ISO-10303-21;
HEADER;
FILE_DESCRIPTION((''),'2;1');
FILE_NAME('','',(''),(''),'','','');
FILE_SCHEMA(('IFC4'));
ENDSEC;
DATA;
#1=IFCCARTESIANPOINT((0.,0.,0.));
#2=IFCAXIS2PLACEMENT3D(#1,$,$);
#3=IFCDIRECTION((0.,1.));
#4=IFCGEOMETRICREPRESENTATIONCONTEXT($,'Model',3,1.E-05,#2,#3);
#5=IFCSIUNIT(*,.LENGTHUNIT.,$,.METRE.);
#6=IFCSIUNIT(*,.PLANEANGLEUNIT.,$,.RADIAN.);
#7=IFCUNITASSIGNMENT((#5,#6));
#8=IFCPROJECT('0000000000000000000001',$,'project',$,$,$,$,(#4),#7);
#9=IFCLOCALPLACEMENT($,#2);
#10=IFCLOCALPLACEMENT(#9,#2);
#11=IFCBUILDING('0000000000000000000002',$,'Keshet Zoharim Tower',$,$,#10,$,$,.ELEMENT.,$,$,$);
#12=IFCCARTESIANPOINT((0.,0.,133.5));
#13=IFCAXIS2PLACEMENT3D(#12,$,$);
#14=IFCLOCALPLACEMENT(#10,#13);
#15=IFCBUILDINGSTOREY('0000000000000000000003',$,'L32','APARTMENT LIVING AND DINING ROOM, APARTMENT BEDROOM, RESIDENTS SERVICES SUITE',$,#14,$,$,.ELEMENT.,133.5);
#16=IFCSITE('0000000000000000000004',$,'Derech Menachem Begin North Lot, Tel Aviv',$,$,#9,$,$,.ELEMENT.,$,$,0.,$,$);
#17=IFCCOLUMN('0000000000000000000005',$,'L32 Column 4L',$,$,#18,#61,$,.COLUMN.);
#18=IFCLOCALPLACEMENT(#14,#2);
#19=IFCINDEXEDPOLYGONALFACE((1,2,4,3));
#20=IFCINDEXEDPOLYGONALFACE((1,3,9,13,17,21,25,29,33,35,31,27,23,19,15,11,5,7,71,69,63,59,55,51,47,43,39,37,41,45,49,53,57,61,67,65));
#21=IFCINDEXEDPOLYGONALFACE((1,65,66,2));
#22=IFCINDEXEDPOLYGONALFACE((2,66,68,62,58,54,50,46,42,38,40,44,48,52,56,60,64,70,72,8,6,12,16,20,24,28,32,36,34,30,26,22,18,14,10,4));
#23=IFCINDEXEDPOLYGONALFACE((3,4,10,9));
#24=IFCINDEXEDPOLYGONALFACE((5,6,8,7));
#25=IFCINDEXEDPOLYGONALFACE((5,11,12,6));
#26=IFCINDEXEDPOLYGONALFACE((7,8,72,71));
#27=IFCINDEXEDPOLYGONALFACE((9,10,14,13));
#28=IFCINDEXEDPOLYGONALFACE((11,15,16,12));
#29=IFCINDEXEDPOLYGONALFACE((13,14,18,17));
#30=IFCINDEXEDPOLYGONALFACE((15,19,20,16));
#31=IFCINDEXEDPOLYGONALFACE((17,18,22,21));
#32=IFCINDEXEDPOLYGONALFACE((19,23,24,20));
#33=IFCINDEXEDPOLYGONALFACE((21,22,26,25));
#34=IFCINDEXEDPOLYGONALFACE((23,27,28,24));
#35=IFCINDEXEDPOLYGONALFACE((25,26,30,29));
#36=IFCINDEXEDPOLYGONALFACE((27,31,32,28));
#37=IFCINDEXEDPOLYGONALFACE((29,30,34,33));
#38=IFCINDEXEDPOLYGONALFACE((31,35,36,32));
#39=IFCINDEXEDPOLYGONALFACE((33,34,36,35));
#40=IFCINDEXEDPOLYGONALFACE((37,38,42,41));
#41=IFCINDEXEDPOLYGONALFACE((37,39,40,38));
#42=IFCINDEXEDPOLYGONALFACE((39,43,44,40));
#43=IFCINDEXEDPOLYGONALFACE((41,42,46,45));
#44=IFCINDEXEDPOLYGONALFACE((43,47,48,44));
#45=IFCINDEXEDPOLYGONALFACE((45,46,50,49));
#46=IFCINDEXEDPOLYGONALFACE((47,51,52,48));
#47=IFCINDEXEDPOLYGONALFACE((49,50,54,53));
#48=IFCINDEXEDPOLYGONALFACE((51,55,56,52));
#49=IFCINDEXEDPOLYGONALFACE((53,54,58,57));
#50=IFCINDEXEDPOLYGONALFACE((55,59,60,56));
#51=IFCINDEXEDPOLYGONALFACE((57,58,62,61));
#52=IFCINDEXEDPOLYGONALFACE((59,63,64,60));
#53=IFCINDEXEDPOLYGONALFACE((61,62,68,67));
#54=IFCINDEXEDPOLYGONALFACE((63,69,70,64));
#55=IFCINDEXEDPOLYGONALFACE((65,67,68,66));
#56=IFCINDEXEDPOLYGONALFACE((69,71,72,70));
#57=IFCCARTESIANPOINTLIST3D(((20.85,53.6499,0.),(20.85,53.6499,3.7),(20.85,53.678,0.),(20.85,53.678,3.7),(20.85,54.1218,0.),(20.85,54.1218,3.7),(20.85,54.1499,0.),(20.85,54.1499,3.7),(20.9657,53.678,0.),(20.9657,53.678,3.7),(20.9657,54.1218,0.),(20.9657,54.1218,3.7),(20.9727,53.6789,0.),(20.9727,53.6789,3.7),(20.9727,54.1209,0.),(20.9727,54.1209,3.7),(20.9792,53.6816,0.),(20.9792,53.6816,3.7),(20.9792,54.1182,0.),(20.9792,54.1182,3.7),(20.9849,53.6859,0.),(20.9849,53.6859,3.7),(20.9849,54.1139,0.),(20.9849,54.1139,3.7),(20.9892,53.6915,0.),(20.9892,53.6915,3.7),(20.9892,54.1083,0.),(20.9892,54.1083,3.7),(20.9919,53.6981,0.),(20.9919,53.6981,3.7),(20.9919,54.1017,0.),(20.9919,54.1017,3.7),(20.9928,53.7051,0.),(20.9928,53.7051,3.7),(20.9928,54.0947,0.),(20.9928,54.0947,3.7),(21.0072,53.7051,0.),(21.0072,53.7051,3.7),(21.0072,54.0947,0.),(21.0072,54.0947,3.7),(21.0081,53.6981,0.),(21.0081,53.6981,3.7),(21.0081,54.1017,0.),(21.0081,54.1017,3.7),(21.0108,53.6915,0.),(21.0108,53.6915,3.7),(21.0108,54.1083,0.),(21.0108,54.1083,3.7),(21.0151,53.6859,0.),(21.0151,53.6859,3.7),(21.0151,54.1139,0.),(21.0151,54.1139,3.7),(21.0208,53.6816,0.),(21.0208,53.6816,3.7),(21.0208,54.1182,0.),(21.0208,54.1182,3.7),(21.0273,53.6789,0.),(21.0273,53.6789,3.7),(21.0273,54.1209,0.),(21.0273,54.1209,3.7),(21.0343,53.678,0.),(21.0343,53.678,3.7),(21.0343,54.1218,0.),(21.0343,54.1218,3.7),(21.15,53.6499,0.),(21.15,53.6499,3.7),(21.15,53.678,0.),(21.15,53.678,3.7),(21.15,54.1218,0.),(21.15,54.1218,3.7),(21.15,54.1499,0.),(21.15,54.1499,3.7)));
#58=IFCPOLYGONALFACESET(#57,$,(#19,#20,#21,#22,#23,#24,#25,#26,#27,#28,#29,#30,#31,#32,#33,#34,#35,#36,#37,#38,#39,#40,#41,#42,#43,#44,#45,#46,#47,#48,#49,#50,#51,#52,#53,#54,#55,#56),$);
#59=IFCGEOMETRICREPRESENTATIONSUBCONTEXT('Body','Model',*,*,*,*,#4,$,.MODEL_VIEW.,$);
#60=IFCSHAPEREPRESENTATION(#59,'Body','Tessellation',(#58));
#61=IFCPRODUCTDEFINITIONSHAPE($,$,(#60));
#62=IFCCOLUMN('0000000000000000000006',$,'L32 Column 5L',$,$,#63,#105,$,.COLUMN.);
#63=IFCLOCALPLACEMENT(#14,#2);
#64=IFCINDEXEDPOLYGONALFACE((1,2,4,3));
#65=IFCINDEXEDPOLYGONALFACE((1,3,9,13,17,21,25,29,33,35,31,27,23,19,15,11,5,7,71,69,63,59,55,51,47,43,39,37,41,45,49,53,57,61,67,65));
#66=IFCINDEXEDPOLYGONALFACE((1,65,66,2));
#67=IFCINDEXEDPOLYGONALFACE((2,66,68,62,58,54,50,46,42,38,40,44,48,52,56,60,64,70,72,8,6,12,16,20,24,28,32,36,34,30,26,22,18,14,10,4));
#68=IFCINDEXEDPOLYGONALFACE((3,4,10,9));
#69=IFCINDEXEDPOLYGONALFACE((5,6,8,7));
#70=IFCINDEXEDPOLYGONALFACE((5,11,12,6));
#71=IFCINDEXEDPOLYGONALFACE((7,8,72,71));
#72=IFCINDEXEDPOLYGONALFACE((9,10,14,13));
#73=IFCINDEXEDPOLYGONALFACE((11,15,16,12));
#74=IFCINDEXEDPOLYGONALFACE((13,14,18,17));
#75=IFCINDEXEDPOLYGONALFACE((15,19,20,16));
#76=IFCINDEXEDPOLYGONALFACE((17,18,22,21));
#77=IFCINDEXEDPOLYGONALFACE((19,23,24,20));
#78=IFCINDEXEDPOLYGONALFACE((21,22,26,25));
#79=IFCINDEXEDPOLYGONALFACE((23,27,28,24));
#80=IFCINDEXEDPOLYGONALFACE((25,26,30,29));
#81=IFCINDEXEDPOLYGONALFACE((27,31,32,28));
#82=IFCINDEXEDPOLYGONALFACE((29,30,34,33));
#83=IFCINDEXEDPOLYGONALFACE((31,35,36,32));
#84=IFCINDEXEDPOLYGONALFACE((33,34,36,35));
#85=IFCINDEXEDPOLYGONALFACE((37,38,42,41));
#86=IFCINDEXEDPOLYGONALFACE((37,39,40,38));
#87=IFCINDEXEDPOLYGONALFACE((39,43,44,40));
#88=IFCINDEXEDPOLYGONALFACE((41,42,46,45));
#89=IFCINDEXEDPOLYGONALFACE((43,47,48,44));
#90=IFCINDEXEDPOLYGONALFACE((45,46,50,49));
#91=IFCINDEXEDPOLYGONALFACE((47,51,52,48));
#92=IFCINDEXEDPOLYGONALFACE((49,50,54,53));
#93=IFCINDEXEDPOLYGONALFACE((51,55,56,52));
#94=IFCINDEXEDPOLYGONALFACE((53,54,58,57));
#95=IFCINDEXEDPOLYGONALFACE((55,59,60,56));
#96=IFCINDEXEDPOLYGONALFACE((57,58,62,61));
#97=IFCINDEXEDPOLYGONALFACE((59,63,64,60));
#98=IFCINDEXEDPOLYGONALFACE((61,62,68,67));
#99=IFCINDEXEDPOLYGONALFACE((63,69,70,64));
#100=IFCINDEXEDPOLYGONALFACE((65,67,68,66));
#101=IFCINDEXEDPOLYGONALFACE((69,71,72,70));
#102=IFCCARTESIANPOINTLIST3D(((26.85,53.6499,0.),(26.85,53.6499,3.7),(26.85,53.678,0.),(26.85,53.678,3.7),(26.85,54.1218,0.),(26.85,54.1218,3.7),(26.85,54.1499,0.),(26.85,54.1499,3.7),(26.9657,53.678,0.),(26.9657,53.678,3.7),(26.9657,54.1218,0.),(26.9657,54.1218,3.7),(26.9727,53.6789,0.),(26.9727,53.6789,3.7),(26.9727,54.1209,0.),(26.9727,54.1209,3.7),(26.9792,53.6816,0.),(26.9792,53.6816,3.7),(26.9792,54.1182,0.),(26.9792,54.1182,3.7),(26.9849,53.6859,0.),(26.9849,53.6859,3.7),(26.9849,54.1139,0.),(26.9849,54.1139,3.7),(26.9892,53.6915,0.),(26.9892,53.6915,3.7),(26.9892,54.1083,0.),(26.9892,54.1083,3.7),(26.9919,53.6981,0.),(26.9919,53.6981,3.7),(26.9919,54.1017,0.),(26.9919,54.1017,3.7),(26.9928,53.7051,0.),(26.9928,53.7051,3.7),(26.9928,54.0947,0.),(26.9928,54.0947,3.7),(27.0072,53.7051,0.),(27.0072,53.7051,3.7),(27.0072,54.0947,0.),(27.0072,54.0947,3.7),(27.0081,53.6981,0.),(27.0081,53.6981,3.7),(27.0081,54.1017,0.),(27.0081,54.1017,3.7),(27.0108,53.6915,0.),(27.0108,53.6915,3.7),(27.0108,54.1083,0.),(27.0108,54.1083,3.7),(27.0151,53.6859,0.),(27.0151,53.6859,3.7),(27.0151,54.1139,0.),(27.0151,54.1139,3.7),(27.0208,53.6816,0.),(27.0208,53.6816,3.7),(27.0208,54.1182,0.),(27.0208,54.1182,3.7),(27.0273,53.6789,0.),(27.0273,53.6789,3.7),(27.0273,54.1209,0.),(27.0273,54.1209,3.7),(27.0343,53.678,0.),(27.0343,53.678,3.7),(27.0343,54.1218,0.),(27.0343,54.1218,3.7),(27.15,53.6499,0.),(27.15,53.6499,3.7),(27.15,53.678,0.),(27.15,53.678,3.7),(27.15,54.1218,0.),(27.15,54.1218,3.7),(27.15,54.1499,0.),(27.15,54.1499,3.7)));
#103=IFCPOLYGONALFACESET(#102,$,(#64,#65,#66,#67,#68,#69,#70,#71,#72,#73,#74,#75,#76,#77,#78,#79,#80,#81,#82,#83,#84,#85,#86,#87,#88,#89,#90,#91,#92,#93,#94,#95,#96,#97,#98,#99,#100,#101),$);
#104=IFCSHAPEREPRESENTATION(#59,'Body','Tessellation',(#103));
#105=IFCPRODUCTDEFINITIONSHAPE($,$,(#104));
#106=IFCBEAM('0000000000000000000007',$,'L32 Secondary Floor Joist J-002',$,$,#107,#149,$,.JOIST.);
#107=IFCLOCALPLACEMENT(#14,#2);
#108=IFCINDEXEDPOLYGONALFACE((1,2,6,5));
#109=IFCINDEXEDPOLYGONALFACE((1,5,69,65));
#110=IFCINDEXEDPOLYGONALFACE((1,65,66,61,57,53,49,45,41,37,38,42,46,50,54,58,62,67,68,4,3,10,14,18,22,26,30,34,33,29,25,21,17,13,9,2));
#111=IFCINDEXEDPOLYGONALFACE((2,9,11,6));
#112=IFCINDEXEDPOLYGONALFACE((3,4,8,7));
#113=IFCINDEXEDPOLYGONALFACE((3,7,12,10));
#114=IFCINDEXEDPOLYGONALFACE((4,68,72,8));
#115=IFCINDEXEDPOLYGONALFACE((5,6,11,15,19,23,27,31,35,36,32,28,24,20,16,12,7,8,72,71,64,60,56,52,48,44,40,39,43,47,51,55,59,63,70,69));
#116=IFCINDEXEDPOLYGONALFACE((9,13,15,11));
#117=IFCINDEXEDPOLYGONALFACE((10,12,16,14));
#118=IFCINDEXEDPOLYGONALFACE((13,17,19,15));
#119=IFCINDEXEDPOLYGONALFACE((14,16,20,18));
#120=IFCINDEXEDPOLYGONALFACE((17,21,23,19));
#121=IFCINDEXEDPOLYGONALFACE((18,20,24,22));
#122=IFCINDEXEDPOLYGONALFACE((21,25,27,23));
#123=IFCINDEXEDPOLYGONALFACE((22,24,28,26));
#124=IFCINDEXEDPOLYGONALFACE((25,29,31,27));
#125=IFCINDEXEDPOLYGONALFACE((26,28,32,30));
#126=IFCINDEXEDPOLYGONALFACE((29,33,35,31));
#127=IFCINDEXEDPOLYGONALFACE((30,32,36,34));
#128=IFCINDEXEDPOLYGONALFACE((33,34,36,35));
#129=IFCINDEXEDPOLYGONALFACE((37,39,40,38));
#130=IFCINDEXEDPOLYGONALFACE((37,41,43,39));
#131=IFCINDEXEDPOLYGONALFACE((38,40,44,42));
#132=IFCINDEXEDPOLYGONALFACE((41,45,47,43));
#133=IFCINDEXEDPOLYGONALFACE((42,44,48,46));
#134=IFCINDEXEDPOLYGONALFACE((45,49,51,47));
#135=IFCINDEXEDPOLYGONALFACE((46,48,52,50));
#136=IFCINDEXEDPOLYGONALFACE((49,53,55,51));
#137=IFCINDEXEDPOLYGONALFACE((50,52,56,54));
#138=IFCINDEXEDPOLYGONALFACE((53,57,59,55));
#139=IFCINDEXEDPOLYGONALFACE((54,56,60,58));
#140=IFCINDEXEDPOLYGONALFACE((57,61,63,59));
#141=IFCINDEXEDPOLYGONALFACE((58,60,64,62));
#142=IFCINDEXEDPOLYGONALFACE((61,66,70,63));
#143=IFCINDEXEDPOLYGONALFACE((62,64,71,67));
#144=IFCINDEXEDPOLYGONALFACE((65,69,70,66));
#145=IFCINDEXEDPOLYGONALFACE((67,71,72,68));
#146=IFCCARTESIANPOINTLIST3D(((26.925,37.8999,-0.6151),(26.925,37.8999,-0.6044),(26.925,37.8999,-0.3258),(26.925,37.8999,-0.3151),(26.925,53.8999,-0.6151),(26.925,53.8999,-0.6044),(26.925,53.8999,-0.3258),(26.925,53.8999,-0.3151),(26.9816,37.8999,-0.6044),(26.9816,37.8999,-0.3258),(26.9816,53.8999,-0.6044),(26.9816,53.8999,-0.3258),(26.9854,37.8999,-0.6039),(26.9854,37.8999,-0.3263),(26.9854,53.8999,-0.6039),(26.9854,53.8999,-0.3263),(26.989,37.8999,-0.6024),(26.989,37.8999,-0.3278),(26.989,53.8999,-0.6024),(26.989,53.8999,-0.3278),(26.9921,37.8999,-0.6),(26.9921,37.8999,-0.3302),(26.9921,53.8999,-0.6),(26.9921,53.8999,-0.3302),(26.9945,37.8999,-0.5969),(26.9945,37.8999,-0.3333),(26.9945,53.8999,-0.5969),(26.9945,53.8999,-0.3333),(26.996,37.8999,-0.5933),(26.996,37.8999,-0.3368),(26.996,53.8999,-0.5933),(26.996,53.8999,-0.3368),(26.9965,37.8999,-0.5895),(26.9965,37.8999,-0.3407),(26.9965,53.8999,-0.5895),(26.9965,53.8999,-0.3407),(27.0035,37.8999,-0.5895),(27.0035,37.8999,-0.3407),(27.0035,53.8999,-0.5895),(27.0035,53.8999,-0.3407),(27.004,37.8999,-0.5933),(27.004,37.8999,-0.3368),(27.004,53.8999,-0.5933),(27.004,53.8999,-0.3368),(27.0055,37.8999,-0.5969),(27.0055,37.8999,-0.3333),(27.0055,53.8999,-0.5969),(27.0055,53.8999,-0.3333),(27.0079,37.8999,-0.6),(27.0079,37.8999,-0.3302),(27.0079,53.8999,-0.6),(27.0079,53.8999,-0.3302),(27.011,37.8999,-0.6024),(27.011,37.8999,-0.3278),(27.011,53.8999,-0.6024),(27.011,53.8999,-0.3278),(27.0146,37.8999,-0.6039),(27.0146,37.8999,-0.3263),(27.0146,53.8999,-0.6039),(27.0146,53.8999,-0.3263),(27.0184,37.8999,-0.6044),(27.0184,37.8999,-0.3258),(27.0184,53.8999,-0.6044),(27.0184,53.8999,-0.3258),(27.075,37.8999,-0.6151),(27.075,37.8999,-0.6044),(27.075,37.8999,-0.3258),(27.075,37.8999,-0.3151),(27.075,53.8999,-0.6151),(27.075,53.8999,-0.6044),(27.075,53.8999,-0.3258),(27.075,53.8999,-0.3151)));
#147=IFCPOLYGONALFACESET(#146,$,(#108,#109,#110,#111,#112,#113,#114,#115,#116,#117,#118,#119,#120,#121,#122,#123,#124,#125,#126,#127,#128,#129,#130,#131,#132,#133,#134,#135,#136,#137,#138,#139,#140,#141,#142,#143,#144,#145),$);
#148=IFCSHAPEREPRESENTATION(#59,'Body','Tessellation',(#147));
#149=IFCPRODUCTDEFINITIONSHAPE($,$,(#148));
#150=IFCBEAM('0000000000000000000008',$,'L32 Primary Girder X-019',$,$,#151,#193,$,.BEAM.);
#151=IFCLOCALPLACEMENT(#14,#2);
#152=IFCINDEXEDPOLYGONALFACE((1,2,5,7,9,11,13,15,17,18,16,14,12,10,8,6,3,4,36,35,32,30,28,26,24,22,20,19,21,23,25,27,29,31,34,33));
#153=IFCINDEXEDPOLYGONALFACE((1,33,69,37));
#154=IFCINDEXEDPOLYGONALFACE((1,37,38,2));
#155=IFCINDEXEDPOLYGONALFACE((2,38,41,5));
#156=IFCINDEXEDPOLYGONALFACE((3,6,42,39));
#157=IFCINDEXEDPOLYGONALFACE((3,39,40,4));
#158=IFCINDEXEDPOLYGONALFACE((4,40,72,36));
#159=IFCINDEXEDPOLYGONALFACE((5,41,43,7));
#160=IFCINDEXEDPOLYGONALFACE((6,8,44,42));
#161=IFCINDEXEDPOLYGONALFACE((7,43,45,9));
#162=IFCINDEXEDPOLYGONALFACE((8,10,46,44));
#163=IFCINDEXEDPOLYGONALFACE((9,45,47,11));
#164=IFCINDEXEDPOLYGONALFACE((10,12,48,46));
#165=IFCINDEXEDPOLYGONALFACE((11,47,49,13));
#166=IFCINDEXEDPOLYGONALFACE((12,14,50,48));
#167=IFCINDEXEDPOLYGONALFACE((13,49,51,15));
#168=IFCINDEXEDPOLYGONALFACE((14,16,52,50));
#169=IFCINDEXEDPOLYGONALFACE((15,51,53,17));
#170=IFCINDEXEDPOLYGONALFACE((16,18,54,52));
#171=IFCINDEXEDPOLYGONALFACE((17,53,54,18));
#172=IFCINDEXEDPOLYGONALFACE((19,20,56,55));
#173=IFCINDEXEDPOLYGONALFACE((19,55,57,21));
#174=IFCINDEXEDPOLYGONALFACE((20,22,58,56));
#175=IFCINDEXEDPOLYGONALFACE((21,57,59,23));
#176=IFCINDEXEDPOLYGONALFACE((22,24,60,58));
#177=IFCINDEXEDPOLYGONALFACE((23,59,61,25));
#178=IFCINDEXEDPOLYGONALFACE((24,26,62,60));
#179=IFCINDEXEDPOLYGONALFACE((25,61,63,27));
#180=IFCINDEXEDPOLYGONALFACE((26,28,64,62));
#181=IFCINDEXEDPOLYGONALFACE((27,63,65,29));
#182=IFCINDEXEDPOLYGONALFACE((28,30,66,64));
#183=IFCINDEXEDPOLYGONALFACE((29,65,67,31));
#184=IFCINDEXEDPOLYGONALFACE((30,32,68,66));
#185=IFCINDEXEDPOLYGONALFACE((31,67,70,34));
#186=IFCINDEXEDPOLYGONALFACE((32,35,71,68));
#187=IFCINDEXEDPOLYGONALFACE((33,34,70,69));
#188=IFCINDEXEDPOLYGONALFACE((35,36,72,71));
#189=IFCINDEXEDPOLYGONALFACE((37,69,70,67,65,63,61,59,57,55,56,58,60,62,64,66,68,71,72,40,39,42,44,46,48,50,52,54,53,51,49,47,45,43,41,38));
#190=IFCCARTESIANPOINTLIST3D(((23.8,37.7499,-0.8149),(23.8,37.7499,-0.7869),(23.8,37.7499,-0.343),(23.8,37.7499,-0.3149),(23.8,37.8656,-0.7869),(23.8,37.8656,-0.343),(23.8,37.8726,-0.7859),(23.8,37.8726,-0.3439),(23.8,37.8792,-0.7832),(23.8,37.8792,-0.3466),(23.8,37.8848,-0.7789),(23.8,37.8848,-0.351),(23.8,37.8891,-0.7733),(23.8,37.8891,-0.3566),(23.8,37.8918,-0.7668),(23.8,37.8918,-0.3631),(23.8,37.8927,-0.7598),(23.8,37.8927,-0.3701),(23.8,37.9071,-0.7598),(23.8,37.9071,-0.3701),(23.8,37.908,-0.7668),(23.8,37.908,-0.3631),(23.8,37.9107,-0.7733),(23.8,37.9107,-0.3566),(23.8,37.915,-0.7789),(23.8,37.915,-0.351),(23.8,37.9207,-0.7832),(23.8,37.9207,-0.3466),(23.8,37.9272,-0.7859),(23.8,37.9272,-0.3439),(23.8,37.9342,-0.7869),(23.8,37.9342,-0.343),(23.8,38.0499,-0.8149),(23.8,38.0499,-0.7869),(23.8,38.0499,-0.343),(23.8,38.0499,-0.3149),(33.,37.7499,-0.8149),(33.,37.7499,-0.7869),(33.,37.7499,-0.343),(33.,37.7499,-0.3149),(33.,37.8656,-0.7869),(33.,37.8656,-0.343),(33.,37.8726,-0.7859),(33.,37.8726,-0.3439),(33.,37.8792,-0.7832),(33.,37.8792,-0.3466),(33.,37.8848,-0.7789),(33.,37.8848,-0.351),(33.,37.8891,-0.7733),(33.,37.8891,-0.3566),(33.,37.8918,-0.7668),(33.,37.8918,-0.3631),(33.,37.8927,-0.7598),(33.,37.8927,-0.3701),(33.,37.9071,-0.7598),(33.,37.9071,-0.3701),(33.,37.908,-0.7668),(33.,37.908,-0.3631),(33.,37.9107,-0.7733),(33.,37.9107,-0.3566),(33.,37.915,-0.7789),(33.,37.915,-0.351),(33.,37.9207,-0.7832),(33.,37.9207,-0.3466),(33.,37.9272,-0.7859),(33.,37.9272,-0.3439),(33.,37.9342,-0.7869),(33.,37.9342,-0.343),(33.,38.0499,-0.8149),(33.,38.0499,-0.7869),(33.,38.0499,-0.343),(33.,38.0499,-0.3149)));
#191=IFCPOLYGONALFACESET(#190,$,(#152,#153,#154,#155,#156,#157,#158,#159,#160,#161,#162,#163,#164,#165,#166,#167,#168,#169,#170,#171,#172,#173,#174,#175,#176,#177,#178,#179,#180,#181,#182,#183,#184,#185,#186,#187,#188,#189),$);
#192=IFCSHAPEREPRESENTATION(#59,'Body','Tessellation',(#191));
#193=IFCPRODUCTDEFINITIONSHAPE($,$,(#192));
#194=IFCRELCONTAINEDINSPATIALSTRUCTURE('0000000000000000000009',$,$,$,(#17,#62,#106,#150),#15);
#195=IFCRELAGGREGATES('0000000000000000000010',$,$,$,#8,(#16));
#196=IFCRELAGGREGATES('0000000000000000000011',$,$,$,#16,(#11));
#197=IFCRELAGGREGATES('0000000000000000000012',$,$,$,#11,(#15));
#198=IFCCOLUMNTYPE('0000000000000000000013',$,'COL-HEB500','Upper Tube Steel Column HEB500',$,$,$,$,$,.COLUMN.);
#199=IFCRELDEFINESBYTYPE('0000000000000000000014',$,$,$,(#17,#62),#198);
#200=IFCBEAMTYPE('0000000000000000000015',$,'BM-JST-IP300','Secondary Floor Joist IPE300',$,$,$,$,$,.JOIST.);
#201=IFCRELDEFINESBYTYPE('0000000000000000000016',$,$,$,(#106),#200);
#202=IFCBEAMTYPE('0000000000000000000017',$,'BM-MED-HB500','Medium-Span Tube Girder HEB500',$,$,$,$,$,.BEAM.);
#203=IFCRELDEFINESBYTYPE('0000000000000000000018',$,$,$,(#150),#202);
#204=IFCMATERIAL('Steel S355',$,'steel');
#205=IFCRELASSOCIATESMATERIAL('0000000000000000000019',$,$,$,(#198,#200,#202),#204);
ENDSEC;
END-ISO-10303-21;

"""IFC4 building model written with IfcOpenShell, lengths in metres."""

from ifc_helpers import new_model, si_unit, direction, frame, origin, origin_2d, place, context, subcontext, project, spatial, i_section, extrude, material, material_profile, profile_set, type_object, element, save


model = new_model("IFC4")

# Units and contexts
model_context = context("Model", 3, precision=1e-05, world=origin(), true_north=direction((0.0, 1.0)))
body_context = subcontext(model_context, "Body", "Model", "MODEL_VIEW")
ifc_project = project(units=[si_unit("LENGTHUNIT", "METRE"), si_unit("PLANEANGLEUNIT", "RADIAN")], contexts=[model_context])

# Site, building, storey
site_placement = place(None, origin())
site = spatial("IfcSite", under=ifc_project, at=site_placement, Name="Derech Menachem Begin North Lot, Tel Aviv", CompositionType="ELEMENT", RefElevation=0.0)
building_placement = place(site_placement, origin())
building = spatial("IfcBuilding", under=site, at=building_placement, Name="Keshet Zoharim Tower", CompositionType="ELEMENT")
storey_placement = place(building_placement, frame((0.0, 0.0, 133.5)))
storey = spatial("IfcBuildingStorey", under=building, at=storey_placement, Name="L32", Description="APARTMENT LIVING AND DINING ROOM, APARTMENT BEDROOM, RESIDENTS SERVICES SUITE", CompositionType="ELEMENT", Elevation=133.5)

# Columns
ifc_material_1 = material(Name="Steel S355", Category="steel")
ifc_material_profile_1 = material_profile(ifc_material_1, i_section(OverallWidth=0.3, OverallDepth=0.5, WebThickness=0.0144, FlangeThickness=0.0281, FilletRadius=0.0271, at=origin_2d()), Name="HEB500")
ifc_profile_set_1 = profile_set([ifc_material_profile_1], Name="Steel S355")
column_type = type_object("IfcColumnType", Name="COL-HEB500", Description="Upper Tube Steel Column HEB500", PredefinedType="COLUMN", material=ifc_profile_set_1)
for number, where, z_axis, x_axis, name in (
    (1, (21.0, 53.8999, 0.0), (0.0, 0.0, 1.0), (1.0, 0.0, 0.0), "L32 Column 4L"),
    (2, (27.0, 53.8999, 0.0), (0.0, 0.0, 1.0), (1.0, 0.0, 0.0), "L32 Column 5L"),
):
    element("IfcColumn", number, at=place(storey_placement, frame(where, z_axis=z_axis, x_axis=x_axis)), inside=storey, type_object=column_type, Name=name, PredefinedType="COLUMN", context=body_context, shape_type="SweptSolid", body=[
        extrude(i_section(OverallWidth=0.3, OverallDepth=0.5, WebThickness=0.0144, FlangeThickness=0.0281, FilletRadius=0.0271, at=origin_2d()), origin(), (0.0, 0.0, 1.0), 3.7),
    ])

# Beams
ifc_material_profile_2 = material_profile(ifc_material_1, i_section(OverallWidth=0.1499, OverallDepth=0.3, WebThickness=0.0071, FlangeThickness=0.0107, FilletRadius=0.0149, at=origin_2d()), Name="IPE300")
ifc_profile_set_2 = profile_set([ifc_material_profile_2], Name="Steel S355")
beam_type_1 = type_object("IfcBeamType", Name="BM-JST-IP300", Description="Secondary Floor Joist IPE300", PredefinedType="JOIST", material=ifc_profile_set_2)
beam_1_placement = place(storey_placement, frame((27.0, 37.8999, -0.4651), z_axis=(0.0, 1.0, 0.0), x_axis=(-1.0, 0.0, 0.0)))
element("IfcBeam", 3, at=beam_1_placement, inside=storey, type_object=beam_type_1, Name="L32 Secondary Floor Joist J-002", PredefinedType="JOIST", context=body_context, shape_type="SweptSolid", body=[
    extrude(i_section(OverallWidth=0.1499, OverallDepth=0.3, WebThickness=0.0071, FlangeThickness=0.0107, FilletRadius=0.0149, at=origin_2d()), origin(), (0.0, 0.0, 1.0), 16.0),
])
ifc_material_profile_3 = material_profile(ifc_material_1, i_section(OverallWidth=0.3, OverallDepth=0.5, WebThickness=0.0144, FlangeThickness=0.0281, FilletRadius=0.0271, at=origin_2d()), Name="HEB500")
ifc_profile_set_3 = profile_set([ifc_material_profile_3], Name="Steel S355")
beam_type_2 = type_object("IfcBeamType", Name="BM-MED-HB500", Description="Medium-Span Tube Girder HEB500", PredefinedType="BEAM", material=ifc_profile_set_3)
beam_2_placement = place(storey_placement, frame((23.8, 37.8999, -0.5649), z_axis=(1.0, 0.0, 0.0), x_axis=(0.0, 1.0, 0.0)))
element("IfcBeam", 4, at=beam_2_placement, inside=storey, type_object=beam_type_2, Name="L32 Primary Girder X-019", PredefinedType="BEAM", context=body_context, shape_type="SweptSolid", body=[
    extrude(i_section(OverallWidth=0.3, OverallDepth=0.5, WebThickness=0.0144, FlangeThickness=0.0281, FilletRadius=0.0271, at=origin_2d()), origin(), (0.0, 0.0, 1.0), 9.2),
])

save(model, "model.ifc")
